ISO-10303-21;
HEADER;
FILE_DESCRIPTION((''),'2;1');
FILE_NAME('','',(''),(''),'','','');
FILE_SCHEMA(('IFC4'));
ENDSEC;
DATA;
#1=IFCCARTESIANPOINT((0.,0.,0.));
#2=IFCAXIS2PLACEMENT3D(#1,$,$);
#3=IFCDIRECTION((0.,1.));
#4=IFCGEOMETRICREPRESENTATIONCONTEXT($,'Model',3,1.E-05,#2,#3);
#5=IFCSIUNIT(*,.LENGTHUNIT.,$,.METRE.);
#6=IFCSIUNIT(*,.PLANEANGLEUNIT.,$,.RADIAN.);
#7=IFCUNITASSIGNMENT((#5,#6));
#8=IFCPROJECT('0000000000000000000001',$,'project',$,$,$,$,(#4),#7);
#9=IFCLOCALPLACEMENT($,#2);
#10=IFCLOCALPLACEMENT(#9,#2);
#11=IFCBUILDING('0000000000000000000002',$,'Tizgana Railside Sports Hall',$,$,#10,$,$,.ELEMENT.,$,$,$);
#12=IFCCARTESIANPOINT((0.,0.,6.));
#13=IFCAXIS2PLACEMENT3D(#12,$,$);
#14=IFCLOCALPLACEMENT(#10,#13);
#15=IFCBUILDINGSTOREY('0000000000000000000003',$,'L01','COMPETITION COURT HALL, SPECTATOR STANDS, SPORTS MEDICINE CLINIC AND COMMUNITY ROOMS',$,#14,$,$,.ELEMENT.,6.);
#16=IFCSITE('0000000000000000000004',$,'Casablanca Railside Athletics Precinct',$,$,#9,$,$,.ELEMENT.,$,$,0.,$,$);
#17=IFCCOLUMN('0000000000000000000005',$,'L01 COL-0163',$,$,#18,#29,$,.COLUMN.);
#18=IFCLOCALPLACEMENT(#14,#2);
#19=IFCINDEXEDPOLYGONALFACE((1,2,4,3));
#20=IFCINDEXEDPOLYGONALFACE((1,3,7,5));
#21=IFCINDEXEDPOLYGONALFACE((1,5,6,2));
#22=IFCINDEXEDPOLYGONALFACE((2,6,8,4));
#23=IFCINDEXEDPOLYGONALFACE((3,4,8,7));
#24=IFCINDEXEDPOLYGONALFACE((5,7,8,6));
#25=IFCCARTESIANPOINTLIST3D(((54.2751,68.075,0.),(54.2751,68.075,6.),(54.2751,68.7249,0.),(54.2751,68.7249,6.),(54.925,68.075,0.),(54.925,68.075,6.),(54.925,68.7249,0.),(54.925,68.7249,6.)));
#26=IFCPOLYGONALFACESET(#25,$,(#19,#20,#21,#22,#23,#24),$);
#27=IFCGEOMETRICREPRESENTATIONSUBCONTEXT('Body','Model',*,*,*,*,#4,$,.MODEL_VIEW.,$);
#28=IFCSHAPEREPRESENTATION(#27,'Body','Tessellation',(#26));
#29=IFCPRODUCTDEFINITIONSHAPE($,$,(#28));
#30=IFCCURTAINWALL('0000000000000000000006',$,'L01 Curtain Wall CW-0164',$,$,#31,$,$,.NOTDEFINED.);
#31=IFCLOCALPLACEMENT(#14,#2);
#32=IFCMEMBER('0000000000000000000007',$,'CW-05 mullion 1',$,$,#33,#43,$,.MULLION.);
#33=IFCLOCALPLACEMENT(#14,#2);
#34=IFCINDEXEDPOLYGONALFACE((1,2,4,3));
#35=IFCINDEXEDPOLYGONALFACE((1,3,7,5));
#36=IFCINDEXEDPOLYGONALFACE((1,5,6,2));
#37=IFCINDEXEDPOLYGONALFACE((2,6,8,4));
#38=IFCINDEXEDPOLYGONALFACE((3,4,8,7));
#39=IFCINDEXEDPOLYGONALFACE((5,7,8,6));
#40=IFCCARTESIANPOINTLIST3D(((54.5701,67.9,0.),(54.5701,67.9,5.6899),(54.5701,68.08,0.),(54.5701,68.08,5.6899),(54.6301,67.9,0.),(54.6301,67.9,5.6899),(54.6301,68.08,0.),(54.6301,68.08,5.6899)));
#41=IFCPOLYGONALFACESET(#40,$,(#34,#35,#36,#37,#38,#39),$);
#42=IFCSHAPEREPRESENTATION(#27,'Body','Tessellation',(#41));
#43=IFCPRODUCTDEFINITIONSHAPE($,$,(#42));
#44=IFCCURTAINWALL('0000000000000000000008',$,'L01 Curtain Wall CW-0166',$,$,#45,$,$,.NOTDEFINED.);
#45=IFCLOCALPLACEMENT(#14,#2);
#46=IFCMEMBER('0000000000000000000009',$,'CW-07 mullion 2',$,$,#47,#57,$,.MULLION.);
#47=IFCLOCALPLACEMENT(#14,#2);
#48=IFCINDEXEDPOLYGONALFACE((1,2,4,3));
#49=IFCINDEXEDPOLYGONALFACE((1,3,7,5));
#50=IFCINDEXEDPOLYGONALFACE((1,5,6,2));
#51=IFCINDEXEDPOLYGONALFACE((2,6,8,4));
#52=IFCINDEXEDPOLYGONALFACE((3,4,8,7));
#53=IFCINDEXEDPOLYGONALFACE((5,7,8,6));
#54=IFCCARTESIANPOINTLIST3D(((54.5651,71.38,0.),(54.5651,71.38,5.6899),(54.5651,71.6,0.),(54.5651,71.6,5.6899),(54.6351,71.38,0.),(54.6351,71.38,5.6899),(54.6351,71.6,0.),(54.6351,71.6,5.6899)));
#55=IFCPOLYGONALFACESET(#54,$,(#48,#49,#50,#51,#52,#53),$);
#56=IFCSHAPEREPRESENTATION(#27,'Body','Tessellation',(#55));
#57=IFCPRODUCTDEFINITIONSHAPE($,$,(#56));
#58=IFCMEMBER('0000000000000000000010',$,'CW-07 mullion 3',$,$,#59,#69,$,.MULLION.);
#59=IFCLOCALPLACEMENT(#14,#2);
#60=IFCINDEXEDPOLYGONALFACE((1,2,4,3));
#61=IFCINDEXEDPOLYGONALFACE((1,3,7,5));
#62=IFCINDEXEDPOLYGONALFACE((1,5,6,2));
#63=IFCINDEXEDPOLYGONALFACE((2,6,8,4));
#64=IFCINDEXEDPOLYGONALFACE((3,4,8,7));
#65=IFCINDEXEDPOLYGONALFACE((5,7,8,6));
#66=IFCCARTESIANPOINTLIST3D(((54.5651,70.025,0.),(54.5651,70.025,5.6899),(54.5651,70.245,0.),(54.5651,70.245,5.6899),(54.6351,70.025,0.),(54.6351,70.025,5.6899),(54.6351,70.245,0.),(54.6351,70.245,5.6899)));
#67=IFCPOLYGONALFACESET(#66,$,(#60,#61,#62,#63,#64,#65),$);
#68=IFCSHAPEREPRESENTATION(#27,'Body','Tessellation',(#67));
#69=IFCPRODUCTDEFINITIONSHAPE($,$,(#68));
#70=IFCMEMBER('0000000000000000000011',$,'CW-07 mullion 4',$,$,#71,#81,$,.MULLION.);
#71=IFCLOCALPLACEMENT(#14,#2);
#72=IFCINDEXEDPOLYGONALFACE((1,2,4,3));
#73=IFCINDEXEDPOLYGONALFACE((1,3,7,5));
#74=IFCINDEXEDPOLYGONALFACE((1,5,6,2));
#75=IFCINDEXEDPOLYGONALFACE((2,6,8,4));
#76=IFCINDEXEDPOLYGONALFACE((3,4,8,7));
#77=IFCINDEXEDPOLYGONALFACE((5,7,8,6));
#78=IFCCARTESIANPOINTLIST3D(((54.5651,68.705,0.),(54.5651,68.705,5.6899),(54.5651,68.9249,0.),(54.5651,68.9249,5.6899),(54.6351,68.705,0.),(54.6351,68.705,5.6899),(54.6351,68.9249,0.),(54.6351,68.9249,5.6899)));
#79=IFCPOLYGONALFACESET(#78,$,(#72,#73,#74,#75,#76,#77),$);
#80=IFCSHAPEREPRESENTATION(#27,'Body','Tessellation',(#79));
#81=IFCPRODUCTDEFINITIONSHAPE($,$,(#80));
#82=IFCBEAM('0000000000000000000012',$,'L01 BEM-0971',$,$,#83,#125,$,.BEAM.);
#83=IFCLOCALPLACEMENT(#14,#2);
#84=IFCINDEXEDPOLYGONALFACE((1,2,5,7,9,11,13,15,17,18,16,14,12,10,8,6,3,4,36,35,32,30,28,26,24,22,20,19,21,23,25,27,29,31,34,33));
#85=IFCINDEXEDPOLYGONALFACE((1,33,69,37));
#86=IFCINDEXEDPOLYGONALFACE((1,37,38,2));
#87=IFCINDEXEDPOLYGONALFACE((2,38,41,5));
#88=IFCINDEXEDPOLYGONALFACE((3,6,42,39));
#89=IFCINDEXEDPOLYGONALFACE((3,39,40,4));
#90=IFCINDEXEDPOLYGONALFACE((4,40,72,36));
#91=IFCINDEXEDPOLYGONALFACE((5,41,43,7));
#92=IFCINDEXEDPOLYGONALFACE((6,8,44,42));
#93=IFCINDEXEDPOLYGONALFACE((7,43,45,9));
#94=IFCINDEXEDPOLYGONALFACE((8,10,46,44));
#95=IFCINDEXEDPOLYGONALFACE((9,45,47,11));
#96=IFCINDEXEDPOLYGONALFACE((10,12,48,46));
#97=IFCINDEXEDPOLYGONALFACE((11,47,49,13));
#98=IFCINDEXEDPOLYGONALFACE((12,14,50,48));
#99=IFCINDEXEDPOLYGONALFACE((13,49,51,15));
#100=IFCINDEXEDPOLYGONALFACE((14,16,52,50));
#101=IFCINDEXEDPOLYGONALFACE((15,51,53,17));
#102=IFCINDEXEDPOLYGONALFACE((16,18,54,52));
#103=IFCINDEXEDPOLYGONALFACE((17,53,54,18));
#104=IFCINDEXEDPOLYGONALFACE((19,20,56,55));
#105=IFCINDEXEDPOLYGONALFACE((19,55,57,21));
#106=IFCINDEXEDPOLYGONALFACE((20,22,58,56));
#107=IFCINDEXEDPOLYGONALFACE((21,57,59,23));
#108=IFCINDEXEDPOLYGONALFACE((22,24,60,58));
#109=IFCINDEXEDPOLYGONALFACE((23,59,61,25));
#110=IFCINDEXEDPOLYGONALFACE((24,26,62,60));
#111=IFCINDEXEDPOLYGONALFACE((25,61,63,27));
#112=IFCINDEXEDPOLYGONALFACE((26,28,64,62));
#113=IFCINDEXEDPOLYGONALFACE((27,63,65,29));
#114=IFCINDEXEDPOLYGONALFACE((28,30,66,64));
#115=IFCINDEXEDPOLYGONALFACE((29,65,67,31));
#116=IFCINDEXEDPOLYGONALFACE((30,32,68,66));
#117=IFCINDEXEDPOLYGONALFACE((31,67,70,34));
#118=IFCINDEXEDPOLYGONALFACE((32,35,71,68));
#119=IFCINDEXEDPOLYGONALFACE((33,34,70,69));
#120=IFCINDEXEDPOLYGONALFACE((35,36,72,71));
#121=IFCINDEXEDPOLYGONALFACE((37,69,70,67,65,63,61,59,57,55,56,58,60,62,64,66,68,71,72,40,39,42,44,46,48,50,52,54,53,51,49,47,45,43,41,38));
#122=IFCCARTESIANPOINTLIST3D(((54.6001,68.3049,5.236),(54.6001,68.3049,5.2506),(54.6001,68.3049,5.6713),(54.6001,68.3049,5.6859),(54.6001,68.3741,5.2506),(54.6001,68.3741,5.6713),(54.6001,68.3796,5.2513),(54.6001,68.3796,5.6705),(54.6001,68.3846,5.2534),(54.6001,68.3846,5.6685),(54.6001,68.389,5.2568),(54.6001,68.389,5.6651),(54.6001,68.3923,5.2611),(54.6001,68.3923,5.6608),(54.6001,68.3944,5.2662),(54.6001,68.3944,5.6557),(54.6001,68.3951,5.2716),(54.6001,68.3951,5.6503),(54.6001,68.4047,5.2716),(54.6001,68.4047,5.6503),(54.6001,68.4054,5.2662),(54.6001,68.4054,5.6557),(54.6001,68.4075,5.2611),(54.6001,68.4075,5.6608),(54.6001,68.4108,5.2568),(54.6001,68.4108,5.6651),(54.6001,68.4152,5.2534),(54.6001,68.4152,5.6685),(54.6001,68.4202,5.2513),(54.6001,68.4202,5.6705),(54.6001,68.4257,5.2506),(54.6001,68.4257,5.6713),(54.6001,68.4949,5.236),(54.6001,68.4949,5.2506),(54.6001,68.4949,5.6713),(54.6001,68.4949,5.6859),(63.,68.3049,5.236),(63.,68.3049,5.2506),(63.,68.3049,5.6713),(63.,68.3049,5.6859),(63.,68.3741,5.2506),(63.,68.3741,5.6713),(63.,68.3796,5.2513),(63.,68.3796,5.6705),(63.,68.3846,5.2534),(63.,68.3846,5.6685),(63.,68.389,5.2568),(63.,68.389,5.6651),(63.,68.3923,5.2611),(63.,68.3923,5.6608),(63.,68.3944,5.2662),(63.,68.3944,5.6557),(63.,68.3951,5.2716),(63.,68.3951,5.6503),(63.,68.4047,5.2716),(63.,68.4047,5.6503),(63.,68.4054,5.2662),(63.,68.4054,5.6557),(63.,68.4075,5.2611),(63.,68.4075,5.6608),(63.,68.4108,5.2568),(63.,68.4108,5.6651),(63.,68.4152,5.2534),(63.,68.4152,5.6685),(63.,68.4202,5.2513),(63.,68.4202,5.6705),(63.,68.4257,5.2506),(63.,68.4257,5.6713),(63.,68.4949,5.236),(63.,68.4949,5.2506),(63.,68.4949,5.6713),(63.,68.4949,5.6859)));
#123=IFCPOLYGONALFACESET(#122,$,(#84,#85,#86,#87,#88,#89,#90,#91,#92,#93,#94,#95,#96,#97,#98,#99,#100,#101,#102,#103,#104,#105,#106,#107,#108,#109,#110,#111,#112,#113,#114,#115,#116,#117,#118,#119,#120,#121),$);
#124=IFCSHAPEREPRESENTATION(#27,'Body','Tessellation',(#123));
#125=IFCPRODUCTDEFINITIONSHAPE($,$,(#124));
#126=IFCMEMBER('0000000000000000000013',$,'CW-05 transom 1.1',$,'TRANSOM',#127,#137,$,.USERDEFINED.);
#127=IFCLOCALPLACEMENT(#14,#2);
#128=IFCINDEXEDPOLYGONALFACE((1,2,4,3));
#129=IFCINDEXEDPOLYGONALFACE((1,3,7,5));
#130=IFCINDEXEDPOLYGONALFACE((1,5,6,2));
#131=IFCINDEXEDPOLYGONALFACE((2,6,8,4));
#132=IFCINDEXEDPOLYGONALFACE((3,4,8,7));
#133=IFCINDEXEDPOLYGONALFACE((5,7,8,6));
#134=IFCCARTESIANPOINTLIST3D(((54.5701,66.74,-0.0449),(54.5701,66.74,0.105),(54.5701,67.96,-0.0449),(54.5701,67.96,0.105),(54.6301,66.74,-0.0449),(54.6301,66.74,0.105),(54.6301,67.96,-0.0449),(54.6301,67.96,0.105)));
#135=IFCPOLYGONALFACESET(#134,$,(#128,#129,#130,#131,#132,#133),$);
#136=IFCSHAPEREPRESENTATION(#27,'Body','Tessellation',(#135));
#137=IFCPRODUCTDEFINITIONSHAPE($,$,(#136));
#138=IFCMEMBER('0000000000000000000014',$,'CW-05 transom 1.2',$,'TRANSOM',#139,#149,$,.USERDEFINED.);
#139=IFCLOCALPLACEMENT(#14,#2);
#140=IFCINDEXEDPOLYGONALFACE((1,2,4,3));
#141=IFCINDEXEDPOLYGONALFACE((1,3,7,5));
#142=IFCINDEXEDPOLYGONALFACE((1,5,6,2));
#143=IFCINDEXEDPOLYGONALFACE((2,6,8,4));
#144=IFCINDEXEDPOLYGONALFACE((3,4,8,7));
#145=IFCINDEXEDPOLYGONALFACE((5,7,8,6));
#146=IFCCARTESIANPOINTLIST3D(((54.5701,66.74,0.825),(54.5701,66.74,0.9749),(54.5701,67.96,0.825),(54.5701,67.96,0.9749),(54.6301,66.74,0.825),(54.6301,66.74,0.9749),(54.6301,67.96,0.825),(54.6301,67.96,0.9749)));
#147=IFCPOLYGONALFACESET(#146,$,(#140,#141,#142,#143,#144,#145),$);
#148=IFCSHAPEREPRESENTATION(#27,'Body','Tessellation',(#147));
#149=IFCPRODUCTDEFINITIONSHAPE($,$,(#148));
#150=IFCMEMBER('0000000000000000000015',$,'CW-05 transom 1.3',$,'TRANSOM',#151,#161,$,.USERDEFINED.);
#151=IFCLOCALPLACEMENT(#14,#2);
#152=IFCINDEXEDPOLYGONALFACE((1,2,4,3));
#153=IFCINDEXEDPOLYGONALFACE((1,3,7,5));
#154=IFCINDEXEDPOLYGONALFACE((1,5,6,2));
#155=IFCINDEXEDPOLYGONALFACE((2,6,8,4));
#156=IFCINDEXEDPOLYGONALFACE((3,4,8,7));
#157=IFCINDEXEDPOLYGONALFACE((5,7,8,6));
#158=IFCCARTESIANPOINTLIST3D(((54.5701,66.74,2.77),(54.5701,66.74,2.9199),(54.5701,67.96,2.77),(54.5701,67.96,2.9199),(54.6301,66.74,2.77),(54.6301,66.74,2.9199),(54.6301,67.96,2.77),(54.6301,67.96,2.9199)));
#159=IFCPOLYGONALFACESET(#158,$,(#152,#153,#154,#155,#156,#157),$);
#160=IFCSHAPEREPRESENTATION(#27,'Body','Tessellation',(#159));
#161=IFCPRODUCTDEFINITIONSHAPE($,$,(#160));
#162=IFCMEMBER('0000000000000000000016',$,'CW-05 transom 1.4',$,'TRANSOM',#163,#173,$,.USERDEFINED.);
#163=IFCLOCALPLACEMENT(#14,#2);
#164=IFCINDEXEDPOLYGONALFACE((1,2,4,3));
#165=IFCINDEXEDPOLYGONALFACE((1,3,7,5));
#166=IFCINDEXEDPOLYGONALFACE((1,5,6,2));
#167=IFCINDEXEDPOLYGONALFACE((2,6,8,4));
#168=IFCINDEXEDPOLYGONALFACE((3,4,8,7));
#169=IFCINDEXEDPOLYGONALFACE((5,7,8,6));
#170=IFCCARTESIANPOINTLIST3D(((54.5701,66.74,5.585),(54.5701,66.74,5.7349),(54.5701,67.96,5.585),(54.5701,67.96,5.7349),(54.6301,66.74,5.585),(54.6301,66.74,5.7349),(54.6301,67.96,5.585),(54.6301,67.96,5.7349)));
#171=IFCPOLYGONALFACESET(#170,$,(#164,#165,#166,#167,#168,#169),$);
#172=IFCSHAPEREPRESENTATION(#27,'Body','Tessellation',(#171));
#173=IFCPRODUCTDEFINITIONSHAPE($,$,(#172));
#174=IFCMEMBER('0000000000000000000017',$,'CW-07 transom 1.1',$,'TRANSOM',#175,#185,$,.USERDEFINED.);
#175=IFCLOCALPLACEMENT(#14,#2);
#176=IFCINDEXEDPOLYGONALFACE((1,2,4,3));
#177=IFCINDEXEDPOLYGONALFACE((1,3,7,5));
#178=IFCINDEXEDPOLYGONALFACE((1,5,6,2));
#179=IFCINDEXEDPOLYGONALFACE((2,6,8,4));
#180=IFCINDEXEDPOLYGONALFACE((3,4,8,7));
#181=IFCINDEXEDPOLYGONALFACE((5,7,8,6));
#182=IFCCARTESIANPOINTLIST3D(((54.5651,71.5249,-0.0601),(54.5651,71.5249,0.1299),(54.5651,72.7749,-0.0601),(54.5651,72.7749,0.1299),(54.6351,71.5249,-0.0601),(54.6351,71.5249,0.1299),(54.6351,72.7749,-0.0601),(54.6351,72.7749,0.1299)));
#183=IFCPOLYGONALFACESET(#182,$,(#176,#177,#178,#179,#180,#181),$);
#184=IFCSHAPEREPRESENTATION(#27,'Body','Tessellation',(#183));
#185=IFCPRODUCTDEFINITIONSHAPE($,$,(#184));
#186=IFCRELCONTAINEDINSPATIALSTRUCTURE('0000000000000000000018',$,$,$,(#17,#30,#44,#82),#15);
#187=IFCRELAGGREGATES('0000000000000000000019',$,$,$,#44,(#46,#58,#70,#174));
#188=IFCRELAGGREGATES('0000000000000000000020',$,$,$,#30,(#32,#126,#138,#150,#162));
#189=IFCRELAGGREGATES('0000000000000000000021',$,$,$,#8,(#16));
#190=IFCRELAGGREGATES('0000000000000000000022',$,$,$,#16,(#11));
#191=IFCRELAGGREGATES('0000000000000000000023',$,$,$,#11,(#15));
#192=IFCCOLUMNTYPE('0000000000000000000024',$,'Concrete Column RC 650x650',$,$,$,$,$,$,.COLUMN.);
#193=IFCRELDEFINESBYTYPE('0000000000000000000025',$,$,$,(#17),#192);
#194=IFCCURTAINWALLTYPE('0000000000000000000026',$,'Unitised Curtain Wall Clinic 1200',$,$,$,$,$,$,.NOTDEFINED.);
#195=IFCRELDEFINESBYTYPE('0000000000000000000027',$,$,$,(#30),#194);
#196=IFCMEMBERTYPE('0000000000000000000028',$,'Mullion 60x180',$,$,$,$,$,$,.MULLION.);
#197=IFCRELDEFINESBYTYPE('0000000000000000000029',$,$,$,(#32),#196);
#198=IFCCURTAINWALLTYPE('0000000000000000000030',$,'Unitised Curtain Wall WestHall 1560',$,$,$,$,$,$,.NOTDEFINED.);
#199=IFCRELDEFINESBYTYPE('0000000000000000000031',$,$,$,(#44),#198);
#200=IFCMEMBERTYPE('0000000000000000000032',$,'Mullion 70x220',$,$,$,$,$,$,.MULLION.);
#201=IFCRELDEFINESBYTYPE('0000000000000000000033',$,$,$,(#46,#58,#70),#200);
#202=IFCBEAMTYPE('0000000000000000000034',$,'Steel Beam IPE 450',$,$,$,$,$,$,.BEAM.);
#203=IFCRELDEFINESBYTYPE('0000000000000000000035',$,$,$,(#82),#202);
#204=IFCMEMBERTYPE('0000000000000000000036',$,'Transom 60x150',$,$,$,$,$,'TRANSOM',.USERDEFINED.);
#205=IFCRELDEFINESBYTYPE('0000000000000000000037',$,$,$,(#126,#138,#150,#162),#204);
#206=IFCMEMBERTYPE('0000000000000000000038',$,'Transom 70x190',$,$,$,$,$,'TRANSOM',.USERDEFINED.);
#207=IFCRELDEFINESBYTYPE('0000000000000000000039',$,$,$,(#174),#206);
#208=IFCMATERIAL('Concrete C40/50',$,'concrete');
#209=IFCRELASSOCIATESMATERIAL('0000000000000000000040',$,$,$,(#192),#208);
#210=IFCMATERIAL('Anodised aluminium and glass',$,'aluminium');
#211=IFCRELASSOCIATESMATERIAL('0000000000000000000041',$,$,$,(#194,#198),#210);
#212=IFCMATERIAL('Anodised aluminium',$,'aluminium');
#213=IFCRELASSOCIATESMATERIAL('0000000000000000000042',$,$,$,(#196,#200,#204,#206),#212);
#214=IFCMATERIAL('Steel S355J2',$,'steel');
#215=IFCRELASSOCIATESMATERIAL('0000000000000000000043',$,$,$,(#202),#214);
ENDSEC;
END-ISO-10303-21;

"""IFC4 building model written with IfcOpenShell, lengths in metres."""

from ifc_helpers import new_model, si_unit, direction, frame, origin, origin_2d, place, context, subcontext, project, spatial, rectangle, i_section, extrude, material, material_profile, profile_set, type_object, element, aggregate, save


model = new_model("IFC4")

# Units and contexts
model_context = context("Model", 3, precision=1e-05, world=origin(), true_north=direction((0.0, 1.0)))
body_context = subcontext(model_context, "Body", "Model", "MODEL_VIEW")
ifc_project = project(units=[si_unit("LENGTHUNIT", "METRE"), si_unit("PLANEANGLEUNIT", "RADIAN")], contexts=[model_context])

# Site, building, storey
site_placement = place(None, origin())
site = spatial("IfcSite", under=ifc_project, at=site_placement, Name="Casablanca Railside Athletics Precinct", CompositionType="ELEMENT", RefElevation=0.0)
building_placement = place(site_placement, origin())
building = spatial("IfcBuilding", under=site, at=building_placement, Name="Tizgana Railside Sports Hall", CompositionType="ELEMENT")
storey_placement = place(building_placement, frame((0.0, 0.0, 6.0)))
storey = spatial("IfcBuildingStorey", under=building, at=storey_placement, Name="L01", Description="COMPETITION COURT HALL, SPECTATOR STANDS, SPORTS MEDICINE CLINIC AND COMMUNITY ROOMS", CompositionType="ELEMENT", Elevation=6.0)

# Column
ifc_material_1 = material(Name="Concrete C40/50", Category="concrete")
ifc_material_profile_1 = material_profile(ifc_material_1, rectangle(XDim=0.6499, YDim=0.6499, at=origin_2d()), Name="RC 650x650")
ifc_profile_set_1 = profile_set([ifc_material_profile_1], Name="Concrete C40/50")
column_type = type_object("IfcColumnType", Name="Concrete Column RC 650x650", PredefinedType="COLUMN", material=ifc_profile_set_1)
column_placement = place(storey_placement, frame((54.6001, 68.3999, 0.0), z_axis=(0.0, 0.0, 1.0), x_axis=(1.0, 0.0, 0.0)))
element("IfcColumn", 1, at=column_placement, inside=storey, type_object=column_type, Name="L01 COL-0163", PredefinedType="COLUMN", context=body_context, shape_type="SweptSolid", body=[
    extrude(rectangle(XDim=0.6499, YDim=0.6499, at=origin_2d()), origin(), (0.0, 0.0, 1.0), 6.0),
])

# Curtain wall, member
ifc_material_2 = material(Name="Anodised aluminium and glass", Category="aluminium")
curtain_wall_type_1 = type_object("IfcCurtainWallType", Name="Unitised Curtain Wall Clinic 1200", PredefinedType="NOTDEFINED", material=ifc_material_2)
curtain_wall_1_placement = place(storey_placement, origin())
curtain_wall_1 = element("IfcCurtainWall", 2, at=curtain_wall_1_placement, inside=storey, type_object=curtain_wall_type_1, Name="L01 Curtain Wall CW-0164", PredefinedType="NOTDEFINED")
ifc_material_3 = material(Name="Anodised aluminium", Category="aluminium")
ifc_material_profile_2 = material_profile(ifc_material_3, rectangle(XDim=0.0601, YDim=0.1799, at=origin_2d()), Name="Mullion 60x180")
ifc_profile_set_2 = profile_set([ifc_material_profile_2], Name="Anodised aluminium")
member_type_1 = type_object("IfcMemberType", Name="Mullion 60x180", PredefinedType="MULLION", material=ifc_profile_set_2)
member_1_placement = place(storey_placement, frame((54.6001, 67.99, 0.0), z_axis=(0.0, 0.0, 1.0), x_axis=(1.0, 0.0, 0.0)))
member_1 = element("IfcMember", 3, at=member_1_placement, type_object=member_type_1, Name="CW-05 mullion 1", PredefinedType="MULLION", context=body_context, shape_type="SweptSolid", body=[
    extrude(rectangle(XDim=0.0601, YDim=0.1799, at=origin_2d()), origin(), (0.0, 0.0, 1.0), 5.6899),
])

# Curtain wall, members
curtain_wall_type_2 = type_object("IfcCurtainWallType", Name="Unitised Curtain Wall WestHall 1560", PredefinedType="NOTDEFINED", material=ifc_material_2)
curtain_wall_2_placement = place(storey_placement, origin())
curtain_wall_2 = element("IfcCurtainWall", 4, at=curtain_wall_2_placement, inside=storey, type_object=curtain_wall_type_2, Name="L01 Curtain Wall CW-0166", PredefinedType="NOTDEFINED")
ifc_material_profile_3 = material_profile(ifc_material_3, rectangle(XDim=0.0701, YDim=0.22, at=origin_2d()), Name="Mullion 70x220")
ifc_profile_set_3 = profile_set([ifc_material_profile_3], Name="Anodised aluminium")
member_type_2 = type_object("IfcMemberType", Name="Mullion 70x220", PredefinedType="MULLION", material=ifc_profile_set_3)
member_2_placement = place(storey_placement, frame((54.6001, 71.49, 0.0), z_axis=(0.0, 0.0, 1.0), x_axis=(1.0, 0.0, 0.0)))
member_2 = element("IfcMember", 5, at=member_2_placement, type_object=member_type_2, Name="CW-07 mullion 2", PredefinedType="MULLION", context=body_context, shape_type="SweptSolid", body=[
    extrude(rectangle(XDim=0.0701, YDim=0.22, at=origin_2d()), origin(), (0.0, 0.0, 1.0), 5.6899),
])
member_3_placement = place(storey_placement, frame((54.6001, 70.135, 0.0), z_axis=(0.0, 0.0, 1.0), x_axis=(1.0, 0.0, 0.0)))
member_3 = element("IfcMember", 6, at=member_3_placement, type_object=member_type_2, Name="CW-07 mullion 3", PredefinedType="MULLION", context=body_context, shape_type="SweptSolid", body=[
    extrude(rectangle(XDim=0.0701, YDim=0.22, at=origin_2d()), origin(), (0.0, 0.0, 1.0), 5.6899),
])
member_4_placement = place(storey_placement, frame((54.6001, 68.8149, 0.0), z_axis=(0.0, 0.0, 1.0), x_axis=(1.0, 0.0, 0.0)))
member_4 = element("IfcMember", 7, at=member_4_placement, type_object=member_type_2, Name="CW-07 mullion 4", PredefinedType="MULLION", context=body_context, shape_type="SweptSolid", body=[
    extrude(rectangle(XDim=0.0701, YDim=0.22, at=origin_2d()), origin(), (0.0, 0.0, 1.0), 5.6899),
])

# Beam
ifc_material_4 = material(Name="Steel S355J2", Category="steel")
ifc_material_profile_4 = material_profile(ifc_material_4, i_section(OverallWidth=0.1899, OverallDepth=0.45, WebThickness=0.0095, FlangeThickness=0.0146, FilletRadius=0.021, at=origin_2d()), Name="IPE 450")
ifc_profile_set_4 = profile_set([ifc_material_profile_4], Name="Steel S355J2")
beam_type = type_object("IfcBeamType", Name="Steel Beam IPE 450", PredefinedType="BEAM", material=ifc_profile_set_4)
beam_placement = place(storey_placement, frame((54.6001, 68.3999, 5.4609), z_axis=(1.0, 0.0, 0.0), x_axis=(0.0, 1.0, 0.0)))
element("IfcBeam", 8, at=beam_placement, inside=storey, type_object=beam_type, Name="L01 BEM-0971", PredefinedType="BEAM", context=body_context, shape_type="SweptSolid", body=[
    extrude(i_section(OverallWidth=0.1899, OverallDepth=0.45, WebThickness=0.0095, FlangeThickness=0.0146, FilletRadius=0.021, at=origin_2d()), origin(), (0.0, 0.0, 1.0), 8.3999),
])

# Members
ifc_material_profile_5 = material_profile(ifc_material_3, rectangle(XDim=0.0601, YDim=0.1499, at=origin_2d()), Name="Transom 60x150")
ifc_profile_set_5 = profile_set([ifc_material_profile_5], Name="Anodised aluminium")
member_type_3 = type_object("IfcMemberType", Name="Transom 60x150", ElementType="TRANSOM", PredefinedType="USERDEFINED", material=ifc_profile_set_5)
member_5_placement = place(storey_placement, frame((54.6001, 67.96, 0.03), z_axis=(0.0, -1.0, 0.0), x_axis=(1.0, 0.0, 0.0)))
member_5 = element("IfcMember", 9, at=member_5_placement, type_object=member_type_3, Name="CW-05 transom 1.1", ObjectType="TRANSOM", PredefinedType="USERDEFINED", context=body_context, shape_type="SweptSolid", body=[
    extrude(rectangle(XDim=0.0601, YDim=0.1499, at=origin_2d()), origin(), (0.0, 0.0, 1.0), 1.22),
])
member_6_placement = place(storey_placement, frame((54.6001, 67.96, 0.8999), z_axis=(0.0, -1.0, 0.0), x_axis=(1.0, 0.0, 0.0)))
member_6 = element("IfcMember", 10, at=member_6_placement, type_object=member_type_3, Name="CW-05 transom 1.2", ObjectType="TRANSOM", PredefinedType="USERDEFINED", context=body_context, shape_type="SweptSolid", body=[
    extrude(rectangle(XDim=0.0601, YDim=0.1499, at=origin_2d()), origin(), (0.0, 0.0, 1.0), 1.22),
])
member_7_placement = place(storey_placement, frame((54.6001, 67.96, 2.845), z_axis=(0.0, -1.0, 0.0), x_axis=(1.0, 0.0, 0.0)))
member_7 = element("IfcMember", 11, at=member_7_placement, type_object=member_type_3, Name="CW-05 transom 1.3", ObjectType="TRANSOM", PredefinedType="USERDEFINED", context=body_context, shape_type="SweptSolid", body=[
    extrude(rectangle(XDim=0.0601, YDim=0.1499, at=origin_2d()), origin(), (0.0, 0.0, 1.0), 1.22),
])
member_8_placement = place(storey_placement, frame((54.6001, 67.96, 5.6599), z_axis=(0.0, -1.0, 0.0), x_axis=(1.0, 0.0, 0.0)))
member_8 = element("IfcMember", 12, at=member_8_placement, type_object=member_type_3, Name="CW-05 transom 1.4", ObjectType="TRANSOM", PredefinedType="USERDEFINED", context=body_context, shape_type="SweptSolid", body=[
    extrude(rectangle(XDim=0.0601, YDim=0.1499, at=origin_2d()), origin(), (0.0, 0.0, 1.0), 1.22),
])
ifc_material_profile_6 = material_profile(ifc_material_3, rectangle(XDim=0.0701, YDim=0.1899, at=origin_2d()), Name="Transom 70x190")
ifc_profile_set_6 = profile_set([ifc_material_profile_6], Name="Anodised aluminium")
member_type_4 = type_object("IfcMemberType", Name="Transom 70x190", ElementType="TRANSOM", PredefinedType="USERDEFINED", material=ifc_profile_set_6)
member_9_placement = place(storey_placement, frame((54.6001, 72.7749, 0.0349), z_axis=(0.0, -1.0, 0.0), x_axis=(1.0, 0.0, 0.0)))
member_9 = element("IfcMember", 13, at=member_9_placement, type_object=member_type_4, Name="CW-07 transom 1.1", ObjectType="TRANSOM", PredefinedType="USERDEFINED", context=body_context, shape_type="SweptSolid", body=[
    extrude(rectangle(XDim=0.0701, YDim=0.1899, at=origin_2d()), origin(), (0.0, 0.0, 1.0), 1.25),
])

aggregate(curtain_wall_2, [member_2, member_3, member_4, member_9])
aggregate(curtain_wall_1, [member_1, member_5, member_6, member_7, member_8])

save(model, "model.ifc")
